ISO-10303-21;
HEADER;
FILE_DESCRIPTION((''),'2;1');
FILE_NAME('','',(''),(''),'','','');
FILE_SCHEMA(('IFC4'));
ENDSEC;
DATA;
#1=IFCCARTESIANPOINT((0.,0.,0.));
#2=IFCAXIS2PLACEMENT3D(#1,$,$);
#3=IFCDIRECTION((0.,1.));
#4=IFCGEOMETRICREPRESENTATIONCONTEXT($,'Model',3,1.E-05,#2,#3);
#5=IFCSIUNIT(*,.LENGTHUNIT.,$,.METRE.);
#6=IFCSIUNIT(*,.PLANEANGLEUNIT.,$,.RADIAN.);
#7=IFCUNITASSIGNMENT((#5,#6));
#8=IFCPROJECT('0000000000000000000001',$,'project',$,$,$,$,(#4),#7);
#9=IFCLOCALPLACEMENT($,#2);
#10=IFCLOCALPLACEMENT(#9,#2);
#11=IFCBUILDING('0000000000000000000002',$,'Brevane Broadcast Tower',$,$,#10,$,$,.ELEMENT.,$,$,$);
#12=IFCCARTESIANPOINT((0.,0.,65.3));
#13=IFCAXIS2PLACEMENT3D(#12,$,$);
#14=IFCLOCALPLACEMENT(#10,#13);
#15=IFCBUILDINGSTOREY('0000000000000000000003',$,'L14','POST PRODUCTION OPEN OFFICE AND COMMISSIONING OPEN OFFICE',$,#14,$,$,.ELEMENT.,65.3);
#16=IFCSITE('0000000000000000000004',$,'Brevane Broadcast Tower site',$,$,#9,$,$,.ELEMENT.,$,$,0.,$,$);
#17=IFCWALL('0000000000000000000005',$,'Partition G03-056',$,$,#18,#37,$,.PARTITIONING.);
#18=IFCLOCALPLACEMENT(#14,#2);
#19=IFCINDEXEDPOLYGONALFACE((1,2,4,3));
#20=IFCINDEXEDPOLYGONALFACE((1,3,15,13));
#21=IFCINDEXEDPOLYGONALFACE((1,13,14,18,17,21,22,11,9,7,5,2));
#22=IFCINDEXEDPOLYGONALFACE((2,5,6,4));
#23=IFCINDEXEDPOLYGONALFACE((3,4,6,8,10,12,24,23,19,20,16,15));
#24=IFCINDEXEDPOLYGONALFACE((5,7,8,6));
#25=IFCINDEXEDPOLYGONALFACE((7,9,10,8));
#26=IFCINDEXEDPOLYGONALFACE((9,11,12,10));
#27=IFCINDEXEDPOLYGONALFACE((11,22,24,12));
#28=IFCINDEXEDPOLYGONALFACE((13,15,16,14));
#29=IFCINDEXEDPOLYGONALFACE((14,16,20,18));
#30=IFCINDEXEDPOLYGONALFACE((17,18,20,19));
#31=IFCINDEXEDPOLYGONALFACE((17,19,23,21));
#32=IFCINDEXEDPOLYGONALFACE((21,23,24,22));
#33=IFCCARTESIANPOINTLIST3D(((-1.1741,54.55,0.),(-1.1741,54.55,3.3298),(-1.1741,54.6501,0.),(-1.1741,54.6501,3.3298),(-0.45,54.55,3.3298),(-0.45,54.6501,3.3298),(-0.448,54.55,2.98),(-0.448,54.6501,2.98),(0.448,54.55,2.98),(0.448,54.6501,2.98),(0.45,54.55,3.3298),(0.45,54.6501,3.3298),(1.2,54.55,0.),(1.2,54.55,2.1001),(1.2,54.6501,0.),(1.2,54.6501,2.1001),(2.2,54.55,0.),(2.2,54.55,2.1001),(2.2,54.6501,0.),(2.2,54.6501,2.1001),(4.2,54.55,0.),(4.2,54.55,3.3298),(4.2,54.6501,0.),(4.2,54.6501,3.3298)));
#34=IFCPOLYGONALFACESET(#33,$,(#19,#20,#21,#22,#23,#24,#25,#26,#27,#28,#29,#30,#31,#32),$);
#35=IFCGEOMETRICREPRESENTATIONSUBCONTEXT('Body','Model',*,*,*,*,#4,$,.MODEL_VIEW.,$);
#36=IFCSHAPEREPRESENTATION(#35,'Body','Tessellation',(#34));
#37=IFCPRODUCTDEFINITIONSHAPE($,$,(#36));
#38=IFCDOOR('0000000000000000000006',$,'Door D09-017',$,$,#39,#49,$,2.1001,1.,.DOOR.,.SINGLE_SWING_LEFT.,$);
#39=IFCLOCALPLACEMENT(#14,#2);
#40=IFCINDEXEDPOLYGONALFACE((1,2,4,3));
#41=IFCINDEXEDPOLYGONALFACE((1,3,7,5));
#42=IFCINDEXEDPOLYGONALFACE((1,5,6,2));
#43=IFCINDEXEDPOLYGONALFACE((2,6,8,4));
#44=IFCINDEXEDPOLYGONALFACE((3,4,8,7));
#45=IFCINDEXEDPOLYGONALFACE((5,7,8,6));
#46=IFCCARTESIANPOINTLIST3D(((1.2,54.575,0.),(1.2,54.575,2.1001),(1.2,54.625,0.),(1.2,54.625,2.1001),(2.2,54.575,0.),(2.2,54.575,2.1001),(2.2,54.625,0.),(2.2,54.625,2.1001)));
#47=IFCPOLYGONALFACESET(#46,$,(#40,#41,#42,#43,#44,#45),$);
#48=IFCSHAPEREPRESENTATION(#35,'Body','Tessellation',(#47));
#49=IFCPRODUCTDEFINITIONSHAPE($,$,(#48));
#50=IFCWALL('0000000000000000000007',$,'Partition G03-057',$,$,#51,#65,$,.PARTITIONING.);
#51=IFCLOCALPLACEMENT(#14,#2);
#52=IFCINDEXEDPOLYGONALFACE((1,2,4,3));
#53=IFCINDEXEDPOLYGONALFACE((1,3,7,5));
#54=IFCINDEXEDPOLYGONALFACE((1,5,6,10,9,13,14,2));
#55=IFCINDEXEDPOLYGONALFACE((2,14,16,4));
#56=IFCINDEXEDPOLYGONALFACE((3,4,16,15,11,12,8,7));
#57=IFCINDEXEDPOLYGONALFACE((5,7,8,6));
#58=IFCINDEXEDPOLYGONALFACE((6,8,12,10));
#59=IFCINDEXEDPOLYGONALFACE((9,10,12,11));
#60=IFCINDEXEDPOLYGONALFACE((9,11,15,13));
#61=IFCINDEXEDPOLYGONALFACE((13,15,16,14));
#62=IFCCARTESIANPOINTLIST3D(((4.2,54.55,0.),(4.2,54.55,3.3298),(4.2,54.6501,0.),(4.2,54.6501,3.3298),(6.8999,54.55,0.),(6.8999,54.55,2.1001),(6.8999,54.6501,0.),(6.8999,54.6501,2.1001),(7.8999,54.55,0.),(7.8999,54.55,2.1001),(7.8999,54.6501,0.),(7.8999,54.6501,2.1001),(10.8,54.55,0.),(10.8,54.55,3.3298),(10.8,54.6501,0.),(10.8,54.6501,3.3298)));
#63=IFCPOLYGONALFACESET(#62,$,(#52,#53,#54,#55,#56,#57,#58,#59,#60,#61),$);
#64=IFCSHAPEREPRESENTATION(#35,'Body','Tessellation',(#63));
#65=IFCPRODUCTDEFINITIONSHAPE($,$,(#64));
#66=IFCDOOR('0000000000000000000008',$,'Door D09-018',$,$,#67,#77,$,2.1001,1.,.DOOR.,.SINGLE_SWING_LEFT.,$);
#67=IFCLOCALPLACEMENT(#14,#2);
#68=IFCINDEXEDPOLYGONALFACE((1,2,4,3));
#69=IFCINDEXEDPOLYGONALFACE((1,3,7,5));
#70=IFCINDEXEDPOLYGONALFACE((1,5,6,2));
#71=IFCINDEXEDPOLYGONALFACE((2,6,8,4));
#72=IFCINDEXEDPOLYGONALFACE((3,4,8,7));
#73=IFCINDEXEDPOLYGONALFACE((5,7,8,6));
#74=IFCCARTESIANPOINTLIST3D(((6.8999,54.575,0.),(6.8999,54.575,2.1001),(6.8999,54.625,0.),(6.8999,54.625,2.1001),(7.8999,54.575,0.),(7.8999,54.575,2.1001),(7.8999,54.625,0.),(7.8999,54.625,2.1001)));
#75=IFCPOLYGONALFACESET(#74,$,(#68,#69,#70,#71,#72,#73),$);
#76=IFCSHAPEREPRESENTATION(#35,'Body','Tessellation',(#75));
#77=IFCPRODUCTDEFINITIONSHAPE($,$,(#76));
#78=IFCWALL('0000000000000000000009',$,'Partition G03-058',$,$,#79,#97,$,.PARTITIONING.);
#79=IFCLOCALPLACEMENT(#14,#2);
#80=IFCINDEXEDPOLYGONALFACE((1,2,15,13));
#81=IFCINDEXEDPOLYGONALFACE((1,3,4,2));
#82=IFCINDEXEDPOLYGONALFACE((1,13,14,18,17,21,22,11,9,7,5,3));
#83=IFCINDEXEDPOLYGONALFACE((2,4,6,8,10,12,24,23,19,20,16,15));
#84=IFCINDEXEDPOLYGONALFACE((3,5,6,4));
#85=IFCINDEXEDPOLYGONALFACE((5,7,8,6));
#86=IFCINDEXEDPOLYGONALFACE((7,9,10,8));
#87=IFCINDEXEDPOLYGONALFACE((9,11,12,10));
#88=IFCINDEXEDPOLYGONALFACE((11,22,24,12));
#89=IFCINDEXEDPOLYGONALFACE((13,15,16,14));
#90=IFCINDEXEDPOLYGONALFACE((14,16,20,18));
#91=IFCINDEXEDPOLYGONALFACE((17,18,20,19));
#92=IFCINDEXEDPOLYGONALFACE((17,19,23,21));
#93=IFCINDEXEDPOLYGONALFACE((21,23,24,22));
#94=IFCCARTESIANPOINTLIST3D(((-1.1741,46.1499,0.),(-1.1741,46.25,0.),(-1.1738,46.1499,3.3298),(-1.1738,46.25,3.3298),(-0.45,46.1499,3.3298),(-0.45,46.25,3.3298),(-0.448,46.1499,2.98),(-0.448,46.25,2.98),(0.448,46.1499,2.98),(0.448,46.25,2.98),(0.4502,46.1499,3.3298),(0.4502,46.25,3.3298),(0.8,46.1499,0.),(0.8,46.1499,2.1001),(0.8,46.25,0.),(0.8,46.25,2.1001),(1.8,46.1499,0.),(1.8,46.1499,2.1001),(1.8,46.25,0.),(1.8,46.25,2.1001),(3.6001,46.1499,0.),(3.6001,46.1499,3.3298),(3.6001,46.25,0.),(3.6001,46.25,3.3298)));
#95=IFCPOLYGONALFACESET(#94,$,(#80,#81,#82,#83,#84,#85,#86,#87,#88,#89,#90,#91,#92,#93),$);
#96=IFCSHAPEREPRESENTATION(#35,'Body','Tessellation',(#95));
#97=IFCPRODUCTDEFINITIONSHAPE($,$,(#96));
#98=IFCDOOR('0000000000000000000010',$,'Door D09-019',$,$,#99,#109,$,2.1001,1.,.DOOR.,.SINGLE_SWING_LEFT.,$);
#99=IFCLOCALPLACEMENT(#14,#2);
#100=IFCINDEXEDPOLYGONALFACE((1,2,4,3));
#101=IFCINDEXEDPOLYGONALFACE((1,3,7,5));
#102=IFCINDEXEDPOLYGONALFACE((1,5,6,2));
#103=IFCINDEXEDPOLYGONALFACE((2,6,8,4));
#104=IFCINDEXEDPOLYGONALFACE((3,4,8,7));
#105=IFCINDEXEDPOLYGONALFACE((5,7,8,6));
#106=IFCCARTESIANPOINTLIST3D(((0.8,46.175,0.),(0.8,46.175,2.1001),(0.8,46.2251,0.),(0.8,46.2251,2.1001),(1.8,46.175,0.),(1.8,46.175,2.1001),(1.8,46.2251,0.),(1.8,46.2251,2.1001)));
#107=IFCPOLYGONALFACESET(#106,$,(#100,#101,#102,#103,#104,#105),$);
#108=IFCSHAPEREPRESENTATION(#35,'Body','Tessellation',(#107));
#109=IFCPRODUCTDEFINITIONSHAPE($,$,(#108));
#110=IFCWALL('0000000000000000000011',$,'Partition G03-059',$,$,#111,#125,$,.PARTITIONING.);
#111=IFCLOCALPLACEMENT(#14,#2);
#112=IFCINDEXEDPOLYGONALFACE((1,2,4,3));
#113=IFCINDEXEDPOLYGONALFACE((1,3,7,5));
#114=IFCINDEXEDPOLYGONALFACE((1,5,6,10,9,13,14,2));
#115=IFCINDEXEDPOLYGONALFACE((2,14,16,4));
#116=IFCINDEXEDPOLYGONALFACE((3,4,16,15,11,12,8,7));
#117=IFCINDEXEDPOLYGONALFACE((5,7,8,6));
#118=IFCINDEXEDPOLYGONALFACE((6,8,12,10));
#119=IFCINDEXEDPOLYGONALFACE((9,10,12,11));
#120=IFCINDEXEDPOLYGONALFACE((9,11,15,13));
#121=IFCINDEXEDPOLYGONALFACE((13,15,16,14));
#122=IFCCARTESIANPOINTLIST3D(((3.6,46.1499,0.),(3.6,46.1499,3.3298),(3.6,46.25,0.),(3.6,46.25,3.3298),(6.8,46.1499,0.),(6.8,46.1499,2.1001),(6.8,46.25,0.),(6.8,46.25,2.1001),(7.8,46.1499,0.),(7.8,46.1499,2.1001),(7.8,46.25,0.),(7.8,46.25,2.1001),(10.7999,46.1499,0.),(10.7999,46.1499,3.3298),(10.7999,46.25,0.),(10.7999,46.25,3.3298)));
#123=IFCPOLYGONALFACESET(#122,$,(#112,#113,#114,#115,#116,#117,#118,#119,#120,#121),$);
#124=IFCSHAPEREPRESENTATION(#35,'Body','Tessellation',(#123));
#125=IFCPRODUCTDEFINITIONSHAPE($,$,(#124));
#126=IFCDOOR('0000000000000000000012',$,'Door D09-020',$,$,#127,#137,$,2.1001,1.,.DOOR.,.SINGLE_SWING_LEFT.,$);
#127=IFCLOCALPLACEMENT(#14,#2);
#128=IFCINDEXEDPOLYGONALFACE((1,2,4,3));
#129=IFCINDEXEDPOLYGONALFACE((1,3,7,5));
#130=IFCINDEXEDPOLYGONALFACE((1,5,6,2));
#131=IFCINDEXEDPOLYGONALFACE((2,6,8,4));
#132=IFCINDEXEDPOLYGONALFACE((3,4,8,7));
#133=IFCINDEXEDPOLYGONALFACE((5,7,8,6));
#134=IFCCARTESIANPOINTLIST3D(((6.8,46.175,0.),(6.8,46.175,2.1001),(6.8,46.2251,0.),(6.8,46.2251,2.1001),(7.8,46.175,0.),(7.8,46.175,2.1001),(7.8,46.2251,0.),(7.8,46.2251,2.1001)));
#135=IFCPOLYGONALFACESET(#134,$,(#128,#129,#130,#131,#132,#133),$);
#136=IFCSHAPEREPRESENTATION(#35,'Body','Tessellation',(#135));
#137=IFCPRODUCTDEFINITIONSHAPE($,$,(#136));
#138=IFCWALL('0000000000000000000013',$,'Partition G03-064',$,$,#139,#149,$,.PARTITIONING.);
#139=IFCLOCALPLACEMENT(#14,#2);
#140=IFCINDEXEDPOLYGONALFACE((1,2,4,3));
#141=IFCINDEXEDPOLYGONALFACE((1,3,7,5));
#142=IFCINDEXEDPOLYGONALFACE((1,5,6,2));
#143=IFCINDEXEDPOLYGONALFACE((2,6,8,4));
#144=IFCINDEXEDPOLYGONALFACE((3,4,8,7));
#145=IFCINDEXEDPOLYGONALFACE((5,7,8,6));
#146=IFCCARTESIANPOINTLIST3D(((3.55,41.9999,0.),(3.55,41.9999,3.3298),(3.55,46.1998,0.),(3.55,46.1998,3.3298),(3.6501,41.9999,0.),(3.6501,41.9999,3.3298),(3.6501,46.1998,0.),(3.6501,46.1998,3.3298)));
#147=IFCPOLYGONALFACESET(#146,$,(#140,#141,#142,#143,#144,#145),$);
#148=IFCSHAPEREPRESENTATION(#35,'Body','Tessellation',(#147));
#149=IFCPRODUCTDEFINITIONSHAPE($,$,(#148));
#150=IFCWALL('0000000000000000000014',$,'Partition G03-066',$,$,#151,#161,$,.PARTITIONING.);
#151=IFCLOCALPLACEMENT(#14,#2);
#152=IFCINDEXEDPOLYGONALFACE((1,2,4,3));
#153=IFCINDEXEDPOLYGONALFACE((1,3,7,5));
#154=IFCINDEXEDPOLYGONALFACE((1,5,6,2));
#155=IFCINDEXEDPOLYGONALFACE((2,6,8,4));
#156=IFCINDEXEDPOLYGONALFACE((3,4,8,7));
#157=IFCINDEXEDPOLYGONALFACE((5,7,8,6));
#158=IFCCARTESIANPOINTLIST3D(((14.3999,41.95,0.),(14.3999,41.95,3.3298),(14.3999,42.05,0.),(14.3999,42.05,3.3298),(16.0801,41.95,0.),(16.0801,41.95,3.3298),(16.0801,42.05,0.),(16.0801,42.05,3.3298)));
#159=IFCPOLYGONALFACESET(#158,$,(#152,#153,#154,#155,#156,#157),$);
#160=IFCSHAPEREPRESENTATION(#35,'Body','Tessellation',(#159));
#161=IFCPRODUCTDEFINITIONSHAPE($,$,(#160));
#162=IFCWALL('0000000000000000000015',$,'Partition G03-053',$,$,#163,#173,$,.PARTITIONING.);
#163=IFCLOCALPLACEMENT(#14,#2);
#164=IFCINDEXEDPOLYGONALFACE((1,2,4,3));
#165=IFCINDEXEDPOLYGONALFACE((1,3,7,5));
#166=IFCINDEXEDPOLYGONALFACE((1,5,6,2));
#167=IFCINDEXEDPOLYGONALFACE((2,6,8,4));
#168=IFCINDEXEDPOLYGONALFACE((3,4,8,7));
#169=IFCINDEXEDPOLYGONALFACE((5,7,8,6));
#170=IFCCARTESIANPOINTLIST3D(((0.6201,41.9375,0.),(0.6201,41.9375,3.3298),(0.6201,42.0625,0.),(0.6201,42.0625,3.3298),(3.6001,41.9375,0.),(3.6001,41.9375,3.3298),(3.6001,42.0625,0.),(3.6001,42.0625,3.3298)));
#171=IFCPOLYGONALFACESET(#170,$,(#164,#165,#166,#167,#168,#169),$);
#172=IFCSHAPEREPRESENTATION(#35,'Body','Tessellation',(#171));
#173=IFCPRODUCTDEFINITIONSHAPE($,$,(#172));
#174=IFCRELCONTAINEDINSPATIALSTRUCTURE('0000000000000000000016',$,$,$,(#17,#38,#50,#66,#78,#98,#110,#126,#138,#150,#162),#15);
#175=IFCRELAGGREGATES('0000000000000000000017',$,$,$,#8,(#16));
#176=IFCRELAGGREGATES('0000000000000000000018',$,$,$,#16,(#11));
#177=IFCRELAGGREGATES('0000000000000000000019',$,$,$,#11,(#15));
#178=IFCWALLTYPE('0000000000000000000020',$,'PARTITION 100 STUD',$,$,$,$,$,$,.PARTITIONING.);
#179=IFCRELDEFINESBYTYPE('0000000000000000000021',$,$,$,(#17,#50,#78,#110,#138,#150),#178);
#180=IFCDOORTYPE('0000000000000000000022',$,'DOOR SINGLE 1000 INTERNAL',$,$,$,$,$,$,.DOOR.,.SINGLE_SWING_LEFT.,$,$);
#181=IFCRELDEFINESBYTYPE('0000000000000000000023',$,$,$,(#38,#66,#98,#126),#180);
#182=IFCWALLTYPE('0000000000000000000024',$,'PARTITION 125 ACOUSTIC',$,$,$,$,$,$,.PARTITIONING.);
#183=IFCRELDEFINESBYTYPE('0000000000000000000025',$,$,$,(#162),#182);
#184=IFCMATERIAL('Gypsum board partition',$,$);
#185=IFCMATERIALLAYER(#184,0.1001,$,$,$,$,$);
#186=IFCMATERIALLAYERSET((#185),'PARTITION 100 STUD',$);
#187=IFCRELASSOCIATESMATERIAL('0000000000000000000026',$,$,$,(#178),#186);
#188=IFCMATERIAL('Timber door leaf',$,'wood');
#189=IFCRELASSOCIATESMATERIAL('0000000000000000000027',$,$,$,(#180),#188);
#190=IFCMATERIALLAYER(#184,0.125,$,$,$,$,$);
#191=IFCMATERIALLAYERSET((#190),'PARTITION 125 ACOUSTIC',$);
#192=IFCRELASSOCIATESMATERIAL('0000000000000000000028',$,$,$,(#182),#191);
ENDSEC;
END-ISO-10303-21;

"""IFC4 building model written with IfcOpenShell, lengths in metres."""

from ifc_helpers import new_model, si_unit, direction, frame, frame_2d, origin, place, context, subcontext, project, spatial, polyline, rectangle, outline, extrude, material, layer, layer_set, type_object, element, fill, save


model = new_model("IFC4")

# Units and contexts
model_context = context("Model", 3, precision=1e-05, world=origin(), true_north=direction((0.0, 1.0)))
body_context = subcontext(model_context, "Body", "Model", "MODEL_VIEW")
ifc_project = project(units=[si_unit("LENGTHUNIT", "METRE"), si_unit("PLANEANGLEUNIT", "RADIAN")], contexts=[model_context])

# Site, building, storey
site_placement = place(None, origin())
site = spatial("IfcSite", under=ifc_project, at=site_placement, Name="Brevane Broadcast Tower site", CompositionType="ELEMENT", RefElevation=0.0)
building_placement = place(site_placement, origin())
building = spatial("IfcBuilding", under=site, at=building_placement, Name="Brevane Broadcast Tower", CompositionType="ELEMENT")
storey_placement = place(building_placement, frame((0.0, 0.0, 65.3)))
storey = spatial("IfcBuildingStorey", under=building, at=storey_placement, Name="L14", Description="POST PRODUCTION OPEN OFFICE AND COMMISSIONING OPEN OFFICE", CompositionType="ELEMENT", Elevation=65.3)

# Walls, openings, doors
ifc_material_1 = material(Name="Gypsum board partition")
ifc_layer_1 = layer(ifc_material_1, 0.1001)
ifc_layer_set_1 = layer_set([ifc_layer_1], Name="PARTITION 100 STUD")
wall_type_1 = type_object("IfcWallType", Name="PARTITION 100 STUD", PredefinedType="PARTITIONING", material=ifc_layer_set_1)
wall_1_placement = place(storey_placement, frame((-1.1741, 54.6001, 0.0), z_axis=(0.0, 0.0, 1.0), x_axis=(1.0, 0.0, 0.0)))
wall_1 = element("IfcWall", 1, at=wall_1_placement, inside=storey, type_object=wall_type_1, Name="Partition G03-056", PredefinedType="PARTITIONING", context=body_context, shape_type="SweptSolid", body=[
    extrude(outline(polyline([(0.0, 0.0), (5.374, 0.0), (5.374, 3.3298), (1.624, 3.3298), (1.6221, 2.98), (0.7261, 2.98), (0.7241, 3.3298), (0.074, 3.3298), (0.0, 3.3298), (0.0, 0.0)])), frame((0.0, 0.05, 0.0), z_axis=(0.0, -1.0, 0.0), x_axis=(1.0, 0.0, 0.0)), (0.0, 0.0, 1.0), 0.1001),
])
opening_1_placement = place(wall_1_placement, frame((2.374, 0.0, 0.0)))
opening_1 = element("IfcOpeningElement", 2, at=opening_1_placement, cuts=wall_1, PredefinedType="OPENING", context=body_context, shape_type="SweptSolid", body=[
    extrude(rectangle(XDim=1.0, YDim=2.1001, at=frame_2d((0.5, 1.05))), frame((0.0, 0.0601, 0.0), z_axis=(0.0, -1.0, 0.0), x_axis=(1.0, 0.0, 0.0)), (0.0, 0.0, 1.0), 0.1201),
])
ifc_material_2 = material(Name="Timber door leaf", Category="wood")
door_type_1 = type_object("IfcDoorType", Name="DOOR SINGLE 1000 INTERNAL", OperationType="SINGLE_SWING_LEFT", PredefinedType="DOOR", material=ifc_material_2)
door_1_placement = place(opening_1_placement, origin())
door_1 = element("IfcDoor", 3, at=door_1_placement, inside=storey, type_object=door_type_1, Name="Door D09-017", OperationType="SINGLE_SWING_LEFT", OverallHeight=2.1001, OverallWidth=1.0, PredefinedType="DOOR", context=body_context, shape_type="SweptSolid", body=[
    extrude(rectangle(XDim=1.0, YDim=2.1001, at=frame_2d((0.5, 1.05))), frame((0.0, 0.0249, 0.0), z_axis=(0.0, -1.0, 0.0), x_axis=(1.0, 0.0, 0.0)), (0.0, 0.0, 1.0), 0.05),
])
fill(opening_1, door_1)
wall_2_placement = place(storey_placement, frame((4.2, 54.6001, 0.0), z_axis=(0.0, 0.0, 1.0), x_axis=(1.0, 0.0, 0.0)))
wall_2 = element("IfcWall", 4, at=wall_2_placement, inside=storey, type_object=wall_type_1, Name="Partition G03-057", PredefinedType="PARTITIONING", context=body_context, shape_type="SweptSolid", body=[
    extrude(rectangle(XDim=6.6001, YDim=0.1001, at=frame_2d((3.3, 0.0))), origin(), (0.0, 0.0, 1.0), 3.3298),
])
opening_2_placement = place(wall_2_placement, frame((2.7, 0.0, 0.0)))
opening_2 = element("IfcOpeningElement", 5, at=opening_2_placement, cuts=wall_2, PredefinedType="OPENING", context=body_context, shape_type="SweptSolid", body=[
    extrude(rectangle(XDim=1.0, YDim=2.1001, at=frame_2d((0.5, 1.05))), frame((0.0, 0.0601, 0.0), z_axis=(0.0, -1.0, 0.0), x_axis=(1.0, 0.0, 0.0)), (0.0, 0.0, 1.0), 0.1201),
])
door_2_placement = place(opening_2_placement, origin())
door_2 = element("IfcDoor", 6, at=door_2_placement, inside=storey, type_object=door_type_1, Name="Door D09-018", OperationType="SINGLE_SWING_LEFT", OverallHeight=2.1001, OverallWidth=1.0, PredefinedType="DOOR", context=body_context, shape_type="SweptSolid", body=[
    extrude(rectangle(XDim=1.0, YDim=2.1001, at=frame_2d((0.5, 1.05))), frame((0.0, 0.0249, 0.0), z_axis=(0.0, -1.0, 0.0), x_axis=(1.0, 0.0, 0.0)), (0.0, 0.0, 1.0), 0.05),
])
fill(opening_2, door_2)
wall_3_placement = place(storey_placement, frame((3.6001, 46.2, 0.0), z_axis=(0.0, 0.0, 1.0), x_axis=(-1.0, 0.0, 0.0)))
wall_3 = element("IfcWall", 7, at=wall_3_placement, inside=storey, type_object=wall_type_1, Name="Partition G03-058", PredefinedType="PARTITIONING", context=body_context, shape_type="SweptSolid", body=[
    extrude(outline(polyline([(0.0, 0.0), (4.7742, 0.0), (4.7739, 3.3298), (4.7, 3.3298), (4.05, 3.3298), (4.0481, 2.98), (3.1521, 2.98), (3.1499, 3.3298), (0.0, 3.3298), (0.0, 0.0)])), frame((0.0, 0.05, 0.0), z_axis=(0.0, -1.0, 0.0), x_axis=(1.0, 0.0, 0.0)), (0.0, 0.0, 1.0), 0.1001),
])
opening_3_placement = place(wall_3_placement, frame((1.8, 0.0, 0.0)))
opening_3 = element("IfcOpeningElement", 8, at=opening_3_placement, cuts=wall_3, PredefinedType="OPENING", context=body_context, shape_type="SweptSolid", body=[
    extrude(rectangle(XDim=1.0, YDim=2.1001, at=frame_2d((0.5, 1.05))), frame((0.0, 0.0601, 0.0), z_axis=(0.0, -1.0, 0.0), x_axis=(1.0, 0.0, 0.0)), (0.0, 0.0, 1.0), 0.1201),
])
door_3_placement = place(opening_3_placement, origin())
door_3 = element("IfcDoor", 9, at=door_3_placement, inside=storey, type_object=door_type_1, Name="Door D09-019", OperationType="SINGLE_SWING_LEFT", OverallHeight=2.1001, OverallWidth=1.0, PredefinedType="DOOR", context=body_context, shape_type="SweptSolid", body=[
    extrude(rectangle(XDim=1.0, YDim=2.1001, at=frame_2d((0.5, 1.05))), frame((0.0, 0.0249, 0.0), z_axis=(0.0, -1.0, 0.0), x_axis=(1.0, 0.0, 0.0)), (0.0, 0.0, 1.0), 0.05),
])
fill(opening_3, door_3)
wall_4_placement = place(storey_placement, frame((10.8, 46.2, 0.0), z_axis=(0.0, 0.0, 1.0), x_axis=(-1.0, 0.0, 0.0)))
wall_4 = element("IfcWall", 10, at=wall_4_placement, inside=storey, type_object=wall_type_1, Name="Partition G03-059", PredefinedType="PARTITIONING", context=body_context, shape_type="SweptSolid", body=[
    extrude(rectangle(XDim=7.2, YDim=0.1001, at=frame_2d((3.6001, 0.0))), origin(), (0.0, 0.0, 1.0), 3.3298),
])
opening_4_placement = place(wall_4_placement, frame((3.0, 0.0, 0.0)))
opening_4 = element("IfcOpeningElement", 11, at=opening_4_placement, cuts=wall_4, PredefinedType="OPENING", context=body_context, shape_type="SweptSolid", body=[
    extrude(rectangle(XDim=1.0, YDim=2.1001, at=frame_2d((0.5, 1.05))), frame((0.0, 0.0601, 0.0), z_axis=(0.0, -1.0, 0.0), x_axis=(1.0, 0.0, 0.0)), (0.0, 0.0, 1.0), 0.1201),
])
door_4_placement = place(opening_4_placement, origin())
door_4 = element("IfcDoor", 12, at=door_4_placement, inside=storey, type_object=door_type_1, Name="Door D09-020", OperationType="SINGLE_SWING_LEFT", OverallHeight=2.1001, OverallWidth=1.0, PredefinedType="DOOR", context=body_context, shape_type="SweptSolid", body=[
    extrude(rectangle(XDim=1.0, YDim=2.1001, at=frame_2d((0.5, 1.05))), frame((0.0, 0.0249, 0.0), z_axis=(0.0, -1.0, 0.0), x_axis=(1.0, 0.0, 0.0)), (0.0, 0.0, 1.0), 0.05),
])
fill(opening_4, door_4)

# Walls
wall_5_placement = place(storey_placement, frame((3.6001, 46.2, 0.0), z_axis=(0.0, 0.0, 1.0), x_axis=(0.0, -1.0, 0.0)))
element("IfcWall", 13, at=wall_5_placement, inside=storey, type_object=wall_type_1, Name="Partition G03-064", PredefinedType="PARTITIONING", context=body_context, shape_type="SweptSolid", body=[
    extrude(rectangle(XDim=4.2, YDim=0.1001, at=frame_2d((2.1001, 0.0))), origin(), (0.0, 0.0, 1.0), 3.3298),
])
wall_6_placement = place(storey_placement, frame((14.3999, 42.0, 0.0), z_axis=(0.0, 0.0, 1.0), x_axis=(1.0, 0.0, 0.0)))
element("IfcWall", 14, at=wall_6_placement, inside=storey, type_object=wall_type_1, Name="Partition G03-066", PredefinedType="PARTITIONING", context=body_context, shape_type="SweptSolid", body=[
    extrude(rectangle(XDim=1.6802, YDim=0.1001, at=frame_2d((0.8401, 0.0))), origin(), (0.0, 0.0, 1.0), 3.3298),
])
ifc_layer_2 = layer(ifc_material_1, 0.125)
ifc_layer_set_2 = layer_set([ifc_layer_2], Name="PARTITION 125 ACOUSTIC")
wall_type_2 = type_object("IfcWallType", Name="PARTITION 125 ACOUSTIC", PredefinedType="PARTITIONING", material=ifc_layer_set_2)
wall_7_placement = place(storey_placement, frame((0.6201, 42.0, 0.0), z_axis=(0.0, 0.0, 1.0), x_axis=(1.0, 0.0, 0.0)))
element("IfcWall", 15, at=wall_7_placement, inside=storey, type_object=wall_type_2, Name="Partition G03-053", PredefinedType="PARTITIONING", context=body_context, shape_type="SweptSolid", body=[
    extrude(rectangle(XDim=2.98, YDim=0.125, at=frame_2d((1.49, 0.0))), origin(), (0.0, 0.0, 1.0), 3.3298),
])

save(model, "model.ifc")
